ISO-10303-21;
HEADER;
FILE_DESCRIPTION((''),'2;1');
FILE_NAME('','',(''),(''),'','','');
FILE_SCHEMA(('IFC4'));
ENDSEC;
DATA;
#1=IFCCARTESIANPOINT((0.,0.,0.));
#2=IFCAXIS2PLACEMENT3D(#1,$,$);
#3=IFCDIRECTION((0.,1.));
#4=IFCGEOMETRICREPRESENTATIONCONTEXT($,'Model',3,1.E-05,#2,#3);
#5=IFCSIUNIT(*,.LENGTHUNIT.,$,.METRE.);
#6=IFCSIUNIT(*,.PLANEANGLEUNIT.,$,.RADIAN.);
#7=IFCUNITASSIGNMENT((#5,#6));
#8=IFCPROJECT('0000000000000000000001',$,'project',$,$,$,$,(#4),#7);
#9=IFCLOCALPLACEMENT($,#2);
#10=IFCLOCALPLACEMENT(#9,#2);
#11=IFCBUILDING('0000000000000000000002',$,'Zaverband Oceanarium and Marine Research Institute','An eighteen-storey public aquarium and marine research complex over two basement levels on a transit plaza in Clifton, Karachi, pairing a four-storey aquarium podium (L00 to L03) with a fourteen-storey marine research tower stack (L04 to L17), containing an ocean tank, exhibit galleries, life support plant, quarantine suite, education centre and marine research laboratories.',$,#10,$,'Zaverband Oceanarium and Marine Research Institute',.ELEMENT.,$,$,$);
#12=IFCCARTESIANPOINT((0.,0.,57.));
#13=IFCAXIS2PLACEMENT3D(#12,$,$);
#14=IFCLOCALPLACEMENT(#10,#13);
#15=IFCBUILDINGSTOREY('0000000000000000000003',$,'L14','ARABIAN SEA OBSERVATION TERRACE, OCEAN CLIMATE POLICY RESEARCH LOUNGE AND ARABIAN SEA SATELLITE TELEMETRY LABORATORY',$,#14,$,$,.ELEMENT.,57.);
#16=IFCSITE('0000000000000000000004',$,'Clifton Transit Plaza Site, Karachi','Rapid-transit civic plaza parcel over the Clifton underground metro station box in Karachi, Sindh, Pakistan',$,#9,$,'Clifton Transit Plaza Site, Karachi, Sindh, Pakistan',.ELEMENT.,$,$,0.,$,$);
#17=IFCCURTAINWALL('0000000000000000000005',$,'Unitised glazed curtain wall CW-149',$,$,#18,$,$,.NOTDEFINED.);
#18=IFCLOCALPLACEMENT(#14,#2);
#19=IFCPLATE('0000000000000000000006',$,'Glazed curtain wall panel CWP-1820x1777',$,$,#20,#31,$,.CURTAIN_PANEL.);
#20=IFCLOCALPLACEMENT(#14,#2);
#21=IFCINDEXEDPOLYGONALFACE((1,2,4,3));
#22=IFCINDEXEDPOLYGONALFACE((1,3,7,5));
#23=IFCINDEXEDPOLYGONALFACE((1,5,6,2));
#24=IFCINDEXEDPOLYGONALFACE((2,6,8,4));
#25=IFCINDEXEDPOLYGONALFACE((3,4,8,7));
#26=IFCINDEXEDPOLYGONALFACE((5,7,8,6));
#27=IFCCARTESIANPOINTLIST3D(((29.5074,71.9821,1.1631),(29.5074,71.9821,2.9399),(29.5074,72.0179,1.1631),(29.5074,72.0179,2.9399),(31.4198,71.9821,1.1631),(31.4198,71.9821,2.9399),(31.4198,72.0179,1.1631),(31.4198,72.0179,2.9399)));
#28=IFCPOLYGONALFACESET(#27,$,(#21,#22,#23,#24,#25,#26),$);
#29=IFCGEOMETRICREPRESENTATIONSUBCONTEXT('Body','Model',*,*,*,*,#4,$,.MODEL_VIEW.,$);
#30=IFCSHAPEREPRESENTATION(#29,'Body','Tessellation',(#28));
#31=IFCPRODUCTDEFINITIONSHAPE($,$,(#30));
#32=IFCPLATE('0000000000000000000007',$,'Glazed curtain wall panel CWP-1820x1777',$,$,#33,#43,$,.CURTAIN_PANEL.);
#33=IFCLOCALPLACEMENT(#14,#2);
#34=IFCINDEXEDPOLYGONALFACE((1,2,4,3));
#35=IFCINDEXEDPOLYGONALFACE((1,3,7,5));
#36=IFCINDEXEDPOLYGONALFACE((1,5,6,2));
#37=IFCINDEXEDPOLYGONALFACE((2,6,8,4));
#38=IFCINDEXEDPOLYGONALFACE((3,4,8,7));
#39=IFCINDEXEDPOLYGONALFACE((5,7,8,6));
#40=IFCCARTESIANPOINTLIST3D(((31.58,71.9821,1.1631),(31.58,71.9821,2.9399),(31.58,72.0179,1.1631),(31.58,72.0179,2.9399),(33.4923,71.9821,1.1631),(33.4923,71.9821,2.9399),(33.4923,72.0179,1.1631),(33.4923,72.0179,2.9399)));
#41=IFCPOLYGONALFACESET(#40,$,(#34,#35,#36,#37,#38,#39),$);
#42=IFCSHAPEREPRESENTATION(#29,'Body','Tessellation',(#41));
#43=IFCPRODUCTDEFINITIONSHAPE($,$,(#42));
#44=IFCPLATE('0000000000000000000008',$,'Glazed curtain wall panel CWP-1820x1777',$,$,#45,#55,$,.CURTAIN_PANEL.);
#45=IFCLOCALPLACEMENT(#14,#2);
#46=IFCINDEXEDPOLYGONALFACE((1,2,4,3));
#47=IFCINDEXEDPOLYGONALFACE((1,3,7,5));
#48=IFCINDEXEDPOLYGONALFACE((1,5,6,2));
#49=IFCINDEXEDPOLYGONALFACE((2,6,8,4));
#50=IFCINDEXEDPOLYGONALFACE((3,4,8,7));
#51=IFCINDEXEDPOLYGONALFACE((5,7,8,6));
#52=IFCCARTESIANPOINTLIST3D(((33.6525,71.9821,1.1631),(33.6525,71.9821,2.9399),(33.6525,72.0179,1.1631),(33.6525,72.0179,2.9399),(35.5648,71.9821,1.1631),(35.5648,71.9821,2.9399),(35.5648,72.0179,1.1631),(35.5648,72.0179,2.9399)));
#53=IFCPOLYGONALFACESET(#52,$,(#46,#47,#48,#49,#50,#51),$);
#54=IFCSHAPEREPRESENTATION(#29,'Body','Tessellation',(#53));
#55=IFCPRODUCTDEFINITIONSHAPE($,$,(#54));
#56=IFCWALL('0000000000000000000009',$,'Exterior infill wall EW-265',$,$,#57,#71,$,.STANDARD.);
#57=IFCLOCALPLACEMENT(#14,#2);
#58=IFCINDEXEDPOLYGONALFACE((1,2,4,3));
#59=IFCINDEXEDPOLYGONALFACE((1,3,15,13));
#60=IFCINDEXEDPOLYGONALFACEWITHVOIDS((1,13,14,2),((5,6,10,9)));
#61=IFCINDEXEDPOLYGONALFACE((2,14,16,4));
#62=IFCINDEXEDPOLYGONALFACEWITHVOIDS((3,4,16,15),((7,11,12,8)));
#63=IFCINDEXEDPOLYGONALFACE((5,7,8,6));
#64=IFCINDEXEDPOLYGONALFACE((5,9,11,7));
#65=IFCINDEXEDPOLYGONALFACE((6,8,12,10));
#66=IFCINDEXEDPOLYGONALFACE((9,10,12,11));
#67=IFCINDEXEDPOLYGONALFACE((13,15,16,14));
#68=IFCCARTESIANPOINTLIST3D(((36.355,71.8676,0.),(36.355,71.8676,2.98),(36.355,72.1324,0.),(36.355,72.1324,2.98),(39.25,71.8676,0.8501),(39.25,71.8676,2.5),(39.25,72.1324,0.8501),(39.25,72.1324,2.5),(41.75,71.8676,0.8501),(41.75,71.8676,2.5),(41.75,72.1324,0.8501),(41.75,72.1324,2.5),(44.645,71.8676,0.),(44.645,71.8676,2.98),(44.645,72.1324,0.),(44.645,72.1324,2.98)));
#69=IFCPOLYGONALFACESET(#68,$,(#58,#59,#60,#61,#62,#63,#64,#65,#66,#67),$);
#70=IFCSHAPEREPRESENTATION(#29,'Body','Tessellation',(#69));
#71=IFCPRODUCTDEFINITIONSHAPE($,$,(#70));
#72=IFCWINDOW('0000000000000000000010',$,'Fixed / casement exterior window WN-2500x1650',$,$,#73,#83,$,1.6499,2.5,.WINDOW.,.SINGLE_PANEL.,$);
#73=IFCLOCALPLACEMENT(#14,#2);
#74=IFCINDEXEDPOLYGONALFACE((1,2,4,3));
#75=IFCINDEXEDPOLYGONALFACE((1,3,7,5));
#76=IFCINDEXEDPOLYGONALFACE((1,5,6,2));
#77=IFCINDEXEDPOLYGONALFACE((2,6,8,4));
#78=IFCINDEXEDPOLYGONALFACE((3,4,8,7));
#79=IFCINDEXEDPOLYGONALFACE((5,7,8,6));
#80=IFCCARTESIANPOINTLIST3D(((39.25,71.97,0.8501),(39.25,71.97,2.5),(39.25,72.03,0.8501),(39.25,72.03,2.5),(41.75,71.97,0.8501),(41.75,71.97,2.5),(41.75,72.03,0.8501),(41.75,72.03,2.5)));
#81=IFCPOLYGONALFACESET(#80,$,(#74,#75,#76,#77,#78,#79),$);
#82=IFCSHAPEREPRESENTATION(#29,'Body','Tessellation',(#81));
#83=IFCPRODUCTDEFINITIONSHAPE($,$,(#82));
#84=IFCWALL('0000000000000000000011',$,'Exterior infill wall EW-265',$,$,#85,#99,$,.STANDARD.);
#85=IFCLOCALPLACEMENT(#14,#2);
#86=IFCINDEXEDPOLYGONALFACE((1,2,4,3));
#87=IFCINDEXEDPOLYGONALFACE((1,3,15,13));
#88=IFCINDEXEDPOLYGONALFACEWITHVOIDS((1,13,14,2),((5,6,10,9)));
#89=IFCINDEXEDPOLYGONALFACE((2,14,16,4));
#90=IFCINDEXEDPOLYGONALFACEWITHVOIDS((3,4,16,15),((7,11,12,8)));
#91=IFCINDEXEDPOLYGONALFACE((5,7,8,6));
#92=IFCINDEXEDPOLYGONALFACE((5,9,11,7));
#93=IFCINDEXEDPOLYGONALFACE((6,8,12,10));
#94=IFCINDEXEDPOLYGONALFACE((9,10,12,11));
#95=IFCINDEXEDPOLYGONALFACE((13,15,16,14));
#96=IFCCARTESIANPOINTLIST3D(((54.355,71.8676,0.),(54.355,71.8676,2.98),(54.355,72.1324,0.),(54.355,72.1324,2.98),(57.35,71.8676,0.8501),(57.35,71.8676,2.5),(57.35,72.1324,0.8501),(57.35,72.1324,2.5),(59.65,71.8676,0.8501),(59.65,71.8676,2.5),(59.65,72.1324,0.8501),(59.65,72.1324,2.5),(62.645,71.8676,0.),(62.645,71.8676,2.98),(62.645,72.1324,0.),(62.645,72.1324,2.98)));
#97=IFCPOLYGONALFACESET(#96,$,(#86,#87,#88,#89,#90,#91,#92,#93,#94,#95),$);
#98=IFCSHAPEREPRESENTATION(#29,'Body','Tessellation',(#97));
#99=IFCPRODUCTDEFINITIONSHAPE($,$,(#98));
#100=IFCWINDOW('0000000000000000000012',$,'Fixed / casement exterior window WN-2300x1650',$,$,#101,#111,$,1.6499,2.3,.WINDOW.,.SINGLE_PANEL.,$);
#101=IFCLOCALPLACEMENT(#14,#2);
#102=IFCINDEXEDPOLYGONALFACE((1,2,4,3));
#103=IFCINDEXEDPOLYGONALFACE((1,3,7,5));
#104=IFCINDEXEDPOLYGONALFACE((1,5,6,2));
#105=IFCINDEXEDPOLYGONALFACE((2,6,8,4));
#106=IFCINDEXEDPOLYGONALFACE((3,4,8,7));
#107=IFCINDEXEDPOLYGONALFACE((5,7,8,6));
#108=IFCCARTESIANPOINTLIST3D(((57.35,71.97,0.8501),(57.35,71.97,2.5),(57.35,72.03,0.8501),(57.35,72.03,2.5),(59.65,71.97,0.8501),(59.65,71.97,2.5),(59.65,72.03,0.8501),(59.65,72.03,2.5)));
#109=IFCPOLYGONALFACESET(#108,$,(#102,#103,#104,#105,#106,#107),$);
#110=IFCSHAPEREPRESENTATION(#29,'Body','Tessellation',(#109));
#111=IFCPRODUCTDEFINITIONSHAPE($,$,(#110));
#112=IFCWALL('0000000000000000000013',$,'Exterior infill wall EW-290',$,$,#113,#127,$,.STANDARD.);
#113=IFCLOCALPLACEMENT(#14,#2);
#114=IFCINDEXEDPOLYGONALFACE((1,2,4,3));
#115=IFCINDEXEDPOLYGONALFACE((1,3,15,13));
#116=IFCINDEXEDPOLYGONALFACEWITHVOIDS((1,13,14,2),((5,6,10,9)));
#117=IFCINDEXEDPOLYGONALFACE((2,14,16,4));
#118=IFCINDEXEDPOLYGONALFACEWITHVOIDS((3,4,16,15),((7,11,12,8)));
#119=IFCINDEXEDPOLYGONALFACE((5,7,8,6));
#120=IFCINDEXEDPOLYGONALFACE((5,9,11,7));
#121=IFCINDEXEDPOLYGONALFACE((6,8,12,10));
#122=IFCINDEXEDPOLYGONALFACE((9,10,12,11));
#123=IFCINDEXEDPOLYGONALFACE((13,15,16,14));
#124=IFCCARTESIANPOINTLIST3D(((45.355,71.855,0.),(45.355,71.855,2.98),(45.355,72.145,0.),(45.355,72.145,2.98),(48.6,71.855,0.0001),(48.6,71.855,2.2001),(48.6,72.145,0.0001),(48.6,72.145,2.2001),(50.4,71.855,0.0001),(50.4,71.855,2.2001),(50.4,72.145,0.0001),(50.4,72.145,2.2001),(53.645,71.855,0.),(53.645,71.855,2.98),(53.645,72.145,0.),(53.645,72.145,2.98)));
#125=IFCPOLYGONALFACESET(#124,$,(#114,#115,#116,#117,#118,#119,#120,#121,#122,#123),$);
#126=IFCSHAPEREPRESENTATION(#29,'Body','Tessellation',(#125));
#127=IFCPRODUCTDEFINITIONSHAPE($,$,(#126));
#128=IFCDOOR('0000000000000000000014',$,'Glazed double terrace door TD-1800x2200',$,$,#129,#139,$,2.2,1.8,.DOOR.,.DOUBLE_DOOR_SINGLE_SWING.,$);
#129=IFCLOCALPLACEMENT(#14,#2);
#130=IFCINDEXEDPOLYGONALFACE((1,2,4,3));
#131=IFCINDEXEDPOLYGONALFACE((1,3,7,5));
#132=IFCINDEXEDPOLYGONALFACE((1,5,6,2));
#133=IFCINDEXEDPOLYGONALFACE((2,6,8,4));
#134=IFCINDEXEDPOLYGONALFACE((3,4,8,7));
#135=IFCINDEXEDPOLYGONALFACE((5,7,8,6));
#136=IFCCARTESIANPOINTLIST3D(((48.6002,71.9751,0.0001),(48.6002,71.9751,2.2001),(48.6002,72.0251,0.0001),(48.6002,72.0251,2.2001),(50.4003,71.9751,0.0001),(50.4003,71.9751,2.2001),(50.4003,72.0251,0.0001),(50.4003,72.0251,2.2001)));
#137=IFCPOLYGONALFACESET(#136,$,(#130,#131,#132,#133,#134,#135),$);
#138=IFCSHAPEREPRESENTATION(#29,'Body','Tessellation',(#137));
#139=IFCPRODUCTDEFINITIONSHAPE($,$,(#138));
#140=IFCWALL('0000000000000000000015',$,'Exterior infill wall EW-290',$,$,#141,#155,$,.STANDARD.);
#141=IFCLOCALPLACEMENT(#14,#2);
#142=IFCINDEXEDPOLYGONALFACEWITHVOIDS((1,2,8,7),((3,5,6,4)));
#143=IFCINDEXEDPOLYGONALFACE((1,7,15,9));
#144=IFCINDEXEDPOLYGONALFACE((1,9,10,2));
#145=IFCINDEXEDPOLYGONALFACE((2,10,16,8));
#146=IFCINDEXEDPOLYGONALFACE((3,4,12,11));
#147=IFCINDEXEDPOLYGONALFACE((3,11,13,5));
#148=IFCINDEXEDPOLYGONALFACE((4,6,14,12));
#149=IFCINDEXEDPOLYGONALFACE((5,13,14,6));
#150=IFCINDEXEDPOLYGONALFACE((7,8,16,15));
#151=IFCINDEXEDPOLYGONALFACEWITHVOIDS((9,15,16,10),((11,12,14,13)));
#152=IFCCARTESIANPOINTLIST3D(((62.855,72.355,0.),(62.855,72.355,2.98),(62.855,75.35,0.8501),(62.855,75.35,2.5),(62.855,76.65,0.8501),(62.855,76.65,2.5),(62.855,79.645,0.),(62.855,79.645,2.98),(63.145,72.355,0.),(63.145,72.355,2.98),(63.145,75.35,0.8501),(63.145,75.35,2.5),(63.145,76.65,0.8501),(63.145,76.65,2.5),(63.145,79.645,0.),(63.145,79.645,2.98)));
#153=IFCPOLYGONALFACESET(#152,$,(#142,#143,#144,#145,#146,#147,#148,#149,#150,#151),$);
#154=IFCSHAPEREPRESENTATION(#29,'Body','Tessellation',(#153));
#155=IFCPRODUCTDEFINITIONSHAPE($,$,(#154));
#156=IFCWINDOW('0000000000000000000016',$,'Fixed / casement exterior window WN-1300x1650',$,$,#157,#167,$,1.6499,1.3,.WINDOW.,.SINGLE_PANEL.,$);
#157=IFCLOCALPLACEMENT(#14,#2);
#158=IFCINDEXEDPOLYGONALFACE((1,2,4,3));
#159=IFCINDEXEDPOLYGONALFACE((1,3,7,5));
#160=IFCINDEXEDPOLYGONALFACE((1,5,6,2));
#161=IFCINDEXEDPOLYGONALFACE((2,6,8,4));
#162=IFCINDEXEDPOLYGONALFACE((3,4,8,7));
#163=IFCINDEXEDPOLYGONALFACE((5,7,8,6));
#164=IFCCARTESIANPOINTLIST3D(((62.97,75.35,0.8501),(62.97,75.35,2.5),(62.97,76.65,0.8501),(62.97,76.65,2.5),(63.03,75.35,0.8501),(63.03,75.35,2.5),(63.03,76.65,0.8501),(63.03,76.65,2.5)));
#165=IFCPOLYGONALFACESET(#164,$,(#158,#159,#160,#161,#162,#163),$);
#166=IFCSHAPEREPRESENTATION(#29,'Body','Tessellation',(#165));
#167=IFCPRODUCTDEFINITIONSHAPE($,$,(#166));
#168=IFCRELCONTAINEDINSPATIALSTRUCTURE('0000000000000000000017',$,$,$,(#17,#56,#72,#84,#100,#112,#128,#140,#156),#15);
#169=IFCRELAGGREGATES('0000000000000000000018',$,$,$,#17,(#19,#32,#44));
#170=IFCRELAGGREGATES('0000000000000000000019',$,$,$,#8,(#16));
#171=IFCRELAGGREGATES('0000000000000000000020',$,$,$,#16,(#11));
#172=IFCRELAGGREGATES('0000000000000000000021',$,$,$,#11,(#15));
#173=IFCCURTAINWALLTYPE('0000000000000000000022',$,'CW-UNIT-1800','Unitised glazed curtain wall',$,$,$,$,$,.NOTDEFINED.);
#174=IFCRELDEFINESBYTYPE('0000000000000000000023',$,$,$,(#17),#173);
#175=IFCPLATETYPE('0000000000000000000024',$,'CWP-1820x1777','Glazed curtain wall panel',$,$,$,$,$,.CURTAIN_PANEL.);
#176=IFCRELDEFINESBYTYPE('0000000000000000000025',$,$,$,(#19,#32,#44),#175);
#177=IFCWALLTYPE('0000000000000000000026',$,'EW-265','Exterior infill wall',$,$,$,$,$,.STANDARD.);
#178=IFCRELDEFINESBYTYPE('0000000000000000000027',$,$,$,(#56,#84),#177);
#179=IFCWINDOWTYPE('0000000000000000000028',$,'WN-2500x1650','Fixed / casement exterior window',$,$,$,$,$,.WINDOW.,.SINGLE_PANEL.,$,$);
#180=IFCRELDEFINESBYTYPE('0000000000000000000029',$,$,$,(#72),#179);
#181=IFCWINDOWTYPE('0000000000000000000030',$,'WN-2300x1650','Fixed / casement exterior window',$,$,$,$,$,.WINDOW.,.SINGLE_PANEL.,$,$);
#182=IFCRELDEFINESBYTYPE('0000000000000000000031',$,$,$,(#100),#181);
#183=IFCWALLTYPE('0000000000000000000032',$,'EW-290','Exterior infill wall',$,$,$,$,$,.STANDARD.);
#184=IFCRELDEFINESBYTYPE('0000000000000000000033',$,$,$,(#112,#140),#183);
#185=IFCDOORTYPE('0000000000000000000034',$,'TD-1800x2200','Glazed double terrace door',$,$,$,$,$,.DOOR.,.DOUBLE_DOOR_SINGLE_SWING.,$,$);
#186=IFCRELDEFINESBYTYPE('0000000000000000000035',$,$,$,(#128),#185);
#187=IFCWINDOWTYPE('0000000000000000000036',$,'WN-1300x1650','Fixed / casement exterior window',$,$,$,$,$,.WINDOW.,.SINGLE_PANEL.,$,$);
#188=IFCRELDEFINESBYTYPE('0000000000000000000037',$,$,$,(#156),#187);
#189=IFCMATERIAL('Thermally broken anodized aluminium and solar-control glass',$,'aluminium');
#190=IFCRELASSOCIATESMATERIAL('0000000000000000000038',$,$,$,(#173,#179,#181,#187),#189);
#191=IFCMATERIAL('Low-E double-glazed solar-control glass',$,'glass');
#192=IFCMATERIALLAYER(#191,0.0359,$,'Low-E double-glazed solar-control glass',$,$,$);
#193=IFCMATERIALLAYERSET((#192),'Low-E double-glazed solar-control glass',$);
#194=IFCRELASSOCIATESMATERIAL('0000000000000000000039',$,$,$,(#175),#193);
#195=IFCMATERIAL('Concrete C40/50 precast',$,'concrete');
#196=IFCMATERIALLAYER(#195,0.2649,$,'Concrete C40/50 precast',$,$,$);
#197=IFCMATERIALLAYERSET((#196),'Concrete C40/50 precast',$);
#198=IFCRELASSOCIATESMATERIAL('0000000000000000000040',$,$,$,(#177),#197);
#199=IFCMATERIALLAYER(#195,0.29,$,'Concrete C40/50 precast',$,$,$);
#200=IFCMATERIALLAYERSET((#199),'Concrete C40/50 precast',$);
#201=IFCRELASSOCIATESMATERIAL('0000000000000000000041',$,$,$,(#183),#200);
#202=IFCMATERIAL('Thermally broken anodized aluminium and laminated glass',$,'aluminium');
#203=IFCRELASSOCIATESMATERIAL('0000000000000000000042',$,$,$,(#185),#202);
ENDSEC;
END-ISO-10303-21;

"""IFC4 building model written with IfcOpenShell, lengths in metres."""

from ifc_helpers import new_model, si_unit, direction, frame, frame_2d, origin, place, context, subcontext, project, spatial, rectangle, extrude, material, layer, layer_set, type_object, element, fill, aggregate, save


model = new_model("IFC4")

# Units and contexts
model_context = context("Model", 3, precision=1e-05, world=origin(), true_north=direction((0.0, 1.0)))
body_context = subcontext(model_context, "Body", "Model", "MODEL_VIEW")
ifc_project = project(units=[si_unit("LENGTHUNIT", "METRE"), si_unit("PLANEANGLEUNIT", "RADIAN")], contexts=[model_context])

# Site, building, storey
site_placement = place(None, origin())
site = spatial("IfcSite", under=ifc_project, at=site_placement, Name="Clifton Transit Plaza Site, Karachi", Description="Rapid-transit civic plaza parcel over the Clifton underground metro station box in Karachi, Sindh, Pakistan", LongName="Clifton Transit Plaza Site, Karachi, Sindh, Pakistan", CompositionType="ELEMENT", RefElevation=0.0)
building_placement = place(site_placement, origin())
building = spatial("IfcBuilding", under=site, at=building_placement, Name="Zaverband Oceanarium and Marine Research Institute", Description="An eighteen-storey public aquarium and marine research complex over two basement levels on a transit plaza in Clifton, Karachi, pairing a four-storey aquarium podium (L00 to L03) with a fourteen-storey marine research tower stack (L04 to L17), containing an ocean tank, exhibit galleries, life support plant, quarantine suite, education centre and marine research laboratories.", LongName="Zaverband Oceanarium and Marine Research Institute", CompositionType="ELEMENT")
storey_placement = place(building_placement, frame((0.0, 0.0, 57.0)))
storey = spatial("IfcBuildingStorey", under=building, at=storey_placement, Name="L14", Description="ARABIAN SEA OBSERVATION TERRACE, OCEAN CLIMATE POLICY RESEARCH LOUNGE AND ARABIAN SEA SATELLITE TELEMETRY LABORATORY", CompositionType="ELEMENT", Elevation=57.0)

# Curtain wall, plates
ifc_material_1 = material(Name="Thermally broken anodized aluminium and solar-control glass", Category="aluminium")
curtain_wall_type = type_object("IfcCurtainWallType", Name="CW-UNIT-1800", Description="Unitised glazed curtain wall", PredefinedType="NOTDEFINED", material=ifc_material_1)
curtain_wall_placement = place(storey_placement, origin())
curtain_wall = element("IfcCurtainWall", 1, at=curtain_wall_placement, inside=storey, type_object=curtain_wall_type, Name="Unitised glazed curtain wall CW-149", PredefinedType="NOTDEFINED")
ifc_material_2 = material(Name="Low-E double-glazed solar-control glass", Category="glass")
ifc_layer_1 = layer(ifc_material_2, 0.0359, Name="Low-E double-glazed solar-control glass")
ifc_layer_set_1 = layer_set([ifc_layer_1], Name="Low-E double-glazed solar-control glass")
plate_type_1 = type_object("IfcPlateType", Name="CWP-1820x1777", Description="Glazed curtain wall panel", PredefinedType="CURTAIN_PANEL", material=ifc_layer_set_1)
plate_1_placement = place(storey_placement, frame((29.5076, 72.0, 1.1631), z_axis=(0.0, 0.0, 1.0), x_axis=(1.0, 0.0, 0.0)))
plate_1 = element("IfcPlate", 2, at=plate_1_placement, type_object=plate_type_1, Name="Glazed curtain wall panel CWP-1820x1777", PredefinedType="CURTAIN_PANEL", context=body_context, shape_type="SweptSolid", body=[
    extrude(rectangle(XDim=1.9124, YDim=0.0359, at=frame_2d((0.9561, 0.0))), origin(), (0.0, 0.0, 1.0), 1.7769),
])
plate_2_placement = place(storey_placement, frame((31.5801, 72.0, 1.1631), z_axis=(0.0, 0.0, 1.0), x_axis=(1.0, 0.0, 0.0)))
plate_2 = element("IfcPlate", 3, at=plate_2_placement, type_object=plate_type_1, Name="Glazed curtain wall panel CWP-1820x1777", PredefinedType="CURTAIN_PANEL", context=body_context, shape_type="SweptSolid", body=[
    extrude(rectangle(XDim=1.9124, YDim=0.0359, at=frame_2d((0.9561, 0.0))), origin(), (0.0, 0.0, 1.0), 1.7769),
])
plate_3_placement = place(storey_placement, frame((33.6526, 72.0, 1.1631), z_axis=(0.0, 0.0, 1.0), x_axis=(1.0, 0.0, 0.0)))
plate_3 = element("IfcPlate", 4, at=plate_3_placement, type_object=plate_type_1, Name="Glazed curtain wall panel CWP-1820x1777", PredefinedType="CURTAIN_PANEL", context=body_context, shape_type="SweptSolid", body=[
    extrude(rectangle(XDim=1.9124, YDim=0.0359, at=frame_2d((0.9561, 0.0))), origin(), (0.0, 0.0, 1.0), 1.7769),
])
aggregate(curtain_wall, [plate_1, plate_2, plate_3])

# Walls, openings, windows
ifc_material_3 = material(Name="Concrete C40/50 precast", Category="concrete")
ifc_layer_2 = layer(ifc_material_3, 0.2649, Name="Concrete C40/50 precast")
ifc_layer_set_2 = layer_set([ifc_layer_2], Name="Concrete C40/50 precast")
wall_type_1 = type_object("IfcWallType", Name="EW-265", Description="Exterior infill wall", PredefinedType="STANDARD", material=ifc_layer_set_2)
wall_1_placement = place(storey_placement, frame((36.355, 72.0, 0.0), z_axis=(0.0, 0.0, 1.0), x_axis=(1.0, 0.0, 0.0)))
wall_1 = element("IfcWall", 5, at=wall_1_placement, inside=storey, type_object=wall_type_1, Name="Exterior infill wall EW-265", PredefinedType="STANDARD", context=body_context, shape_type="SweptSolid", body=[
    extrude(rectangle(XDim=8.29, YDim=0.2649, at=frame_2d((4.145, 0.0))), origin(), (0.0, 0.0, 1.0), 2.98),
])
opening_1_placement = place(wall_1_placement, frame((2.895, 0.0, 0.8501)))
opening_1 = element("IfcOpeningElement", 6, at=opening_1_placement, cuts=wall_1, PredefinedType="OPENING", context=body_context, shape_type="SweptSolid", body=[
    extrude(rectangle(XDim=2.5, YDim=1.6499, at=frame_2d((1.25, 0.825))), frame((0.0, 0.1445, 0.0), z_axis=(0.0, -1.0, 0.0), x_axis=(1.0, 0.0, 0.0)), (0.0, 0.0, 1.0), 0.2888),
])
window_type_1 = type_object("IfcWindowType", Name="WN-2500x1650", Description="Fixed / casement exterior window", PartitioningType="SINGLE_PANEL", PredefinedType="WINDOW", material=ifc_material_1)
window_1_placement = place(opening_1_placement, origin())
window_1 = element("IfcWindow", 7, at=window_1_placement, inside=storey, type_object=window_type_1, Name="Fixed / casement exterior window WN-2500x1650", OverallHeight=1.6499, OverallWidth=2.5, PartitioningType="SINGLE_PANEL", PredefinedType="WINDOW", context=body_context, shape_type="SweptSolid", body=[
    extrude(rectangle(XDim=2.5, YDim=1.6499, at=frame_2d((1.25, 0.825))), frame((0.0, 0.03, 0.0), z_axis=(0.0, -1.0, 0.0), x_axis=(1.0, 0.0, 0.0)), (0.0, 0.0, 1.0), 0.0601),
])
fill(opening_1, window_1)
wall_2_placement = place(storey_placement, frame((54.355, 72.0, 0.0), z_axis=(0.0, 0.0, 1.0), x_axis=(1.0, 0.0, 0.0)))
wall_2 = element("IfcWall", 8, at=wall_2_placement, inside=storey, type_object=wall_type_1, Name="Exterior infill wall EW-265", PredefinedType="STANDARD", context=body_context, shape_type="SweptSolid", body=[
    extrude(rectangle(XDim=8.29, YDim=0.2649, at=frame_2d((4.145, 0.0))), origin(), (0.0, 0.0, 1.0), 2.98),
])
opening_2_placement = place(wall_2_placement, frame((2.9951, 0.0, 0.8501)))
opening_2 = element("IfcOpeningElement", 9, at=opening_2_placement, cuts=wall_2, PredefinedType="OPENING", context=body_context, shape_type="SweptSolid", body=[
    extrude(rectangle(XDim=2.3, YDim=1.6499, at=frame_2d((1.1499, 0.825))), frame((0.0, 0.1445, 0.0), z_axis=(0.0, -1.0, 0.0), x_axis=(1.0, 0.0, 0.0)), (0.0, 0.0, 1.0), 0.2888),
])
window_type_2 = type_object("IfcWindowType", Name="WN-2300x1650", Description="Fixed / casement exterior window", PartitioningType="SINGLE_PANEL", PredefinedType="WINDOW", material=ifc_material_1)
window_2_placement = place(opening_2_placement, origin())
window_2 = element("IfcWindow", 10, at=window_2_placement, inside=storey, type_object=window_type_2, Name="Fixed / casement exterior window WN-2300x1650", OverallHeight=1.6499, OverallWidth=2.3, PartitioningType="SINGLE_PANEL", PredefinedType="WINDOW", context=body_context, shape_type="SweptSolid", body=[
    extrude(rectangle(XDim=2.3, YDim=1.6499, at=frame_2d((1.1499, 0.825))), frame((0.0, 0.03, 0.0), z_axis=(0.0, -1.0, 0.0), x_axis=(1.0, 0.0, 0.0)), (0.0, 0.0, 1.0), 0.0601),
])
fill(opening_2, window_2)

# Wall, opening, door
ifc_layer_3 = layer(ifc_material_3, 0.29, Name="Concrete C40/50 precast")
ifc_layer_set_3 = layer_set([ifc_layer_3], Name="Concrete C40/50 precast")
wall_type_2 = type_object("IfcWallType", Name="EW-290", Description="Exterior infill wall", PredefinedType="STANDARD", material=ifc_layer_set_3)
wall_3_placement = place(storey_placement, frame((45.355, 72.0, 0.0), z_axis=(0.0, 0.0, 1.0), x_axis=(1.0, 0.0, 0.0)))
wall_3 = element("IfcWall", 11, at=wall_3_placement, inside=storey, type_object=wall_type_2, Name="Exterior infill wall EW-290", PredefinedType="STANDARD", context=body_context, shape_type="SweptSolid", body=[
    extrude(rectangle(XDim=8.29, YDim=0.29, at=frame_2d((4.145, 0.0))), origin(), (0.0, 0.0, 1.0), 2.98),
])
opening_3_placement = place(wall_3_placement, frame((3.2451, 0.0, 0.0)))
opening_3 = element("IfcOpeningElement", 12, at=opening_3_placement, cuts=wall_3, PredefinedType="OPENING", context=body_context, shape_type="SweptSolid", body=[
    extrude(rectangle(XDim=1.8, YDim=2.2, at=frame_2d((0.8999, 1.1001))), frame((0.0, 0.157, 0.0), z_axis=(0.0, -1.0, 0.0), x_axis=(1.0, 0.0, 0.0)), (0.0, 0.0, 1.0), 0.314),
])
ifc_material_4 = material(Name="Thermally broken anodized aluminium and laminated glass", Category="aluminium")
door_type_1 = type_object("IfcDoorType", Name="TD-1800x2200", Description="Glazed double terrace door", OperationType="DOUBLE_DOOR_SINGLE_SWING", PredefinedType="DOOR", material=ifc_material_4)
door_1_placement = place(opening_3_placement, frame((1.8, 0.0, 0.0), z_axis=(0.0, 0.0, 1.0), x_axis=(-1.0, 0.0, 0.0)))
door_1 = element("IfcDoor", 13, at=door_1_placement, inside=storey, type_object=door_type_1, Name="Glazed double terrace door TD-1800x2200", OperationType="DOUBLE_DOOR_SINGLE_SWING", OverallHeight=2.2, OverallWidth=1.8, PredefinedType="DOOR", context=body_context, shape_type="SweptSolid", body=[
    extrude(rectangle(XDim=1.8, YDim=2.2, at=frame_2d((0.8999, 1.1001))), frame((0.0, 0.0249, 0.0), z_axis=(0.0, -1.0, 0.0), x_axis=(1.0, 0.0, 0.0)), (0.0, 0.0, 1.0), 0.05),
])
fill(opening_3, door_1)

# Wall, opening, window
wall_4_placement = place(storey_placement, frame((63.0, 72.355, 0.0), z_axis=(0.0, 0.0, 1.0), x_axis=(0.0, 1.0, 0.0)))
wall_4 = element("IfcWall", 14, at=wall_4_placement, inside=storey, type_object=wall_type_2, Name="Exterior infill wall EW-290", PredefinedType="STANDARD", context=body_context, shape_type="SweptSolid", body=[
    extrude(rectangle(XDim=7.29, YDim=0.29, at=frame_2d((3.645, 0.0))), origin(), (0.0, 0.0, 1.0), 2.98),
])
opening_4_placement = place(wall_4_placement, frame((2.9951, 0.0, 0.8501)))
opening_4 = element("IfcOpeningElement", 15, at=opening_4_placement, cuts=wall_4, PredefinedType="OPENING", context=body_context, shape_type="SweptSolid", body=[
    extrude(rectangle(XDim=1.3, YDim=1.6499, at=frame_2d((0.6499, 0.825))), frame((0.0, 0.157, 0.0), z_axis=(0.0, -1.0, 0.0), x_axis=(1.0, 0.0, 0.0)), (0.0, 0.0, 1.0), 0.314),
])
window_type_3 = type_object("IfcWindowType", Name="WN-1300x1650", Description="Fixed / casement exterior window", PartitioningType="SINGLE_PANEL", PredefinedType="WINDOW", material=ifc_material_1)
window_3_placement = place(opening_4_placement, origin())
window_3 = element("IfcWindow", 16, at=window_3_placement, inside=storey, type_object=window_type_3, Name="Fixed / casement exterior window WN-1300x1650", OverallHeight=1.6499, OverallWidth=1.3, PartitioningType="SINGLE_PANEL", PredefinedType="WINDOW", context=body_context, shape_type="SweptSolid", body=[
    extrude(rectangle(XDim=1.3, YDim=1.6499, at=frame_2d((0.6499, 0.825))), frame((0.0, 0.03, 0.0), z_axis=(0.0, -1.0, 0.0), x_axis=(1.0, 0.0, 0.0)), (0.0, 0.0, 1.0), 0.0601),
])
fill(opening_4, window_3)

save(model, "model.ifc")
